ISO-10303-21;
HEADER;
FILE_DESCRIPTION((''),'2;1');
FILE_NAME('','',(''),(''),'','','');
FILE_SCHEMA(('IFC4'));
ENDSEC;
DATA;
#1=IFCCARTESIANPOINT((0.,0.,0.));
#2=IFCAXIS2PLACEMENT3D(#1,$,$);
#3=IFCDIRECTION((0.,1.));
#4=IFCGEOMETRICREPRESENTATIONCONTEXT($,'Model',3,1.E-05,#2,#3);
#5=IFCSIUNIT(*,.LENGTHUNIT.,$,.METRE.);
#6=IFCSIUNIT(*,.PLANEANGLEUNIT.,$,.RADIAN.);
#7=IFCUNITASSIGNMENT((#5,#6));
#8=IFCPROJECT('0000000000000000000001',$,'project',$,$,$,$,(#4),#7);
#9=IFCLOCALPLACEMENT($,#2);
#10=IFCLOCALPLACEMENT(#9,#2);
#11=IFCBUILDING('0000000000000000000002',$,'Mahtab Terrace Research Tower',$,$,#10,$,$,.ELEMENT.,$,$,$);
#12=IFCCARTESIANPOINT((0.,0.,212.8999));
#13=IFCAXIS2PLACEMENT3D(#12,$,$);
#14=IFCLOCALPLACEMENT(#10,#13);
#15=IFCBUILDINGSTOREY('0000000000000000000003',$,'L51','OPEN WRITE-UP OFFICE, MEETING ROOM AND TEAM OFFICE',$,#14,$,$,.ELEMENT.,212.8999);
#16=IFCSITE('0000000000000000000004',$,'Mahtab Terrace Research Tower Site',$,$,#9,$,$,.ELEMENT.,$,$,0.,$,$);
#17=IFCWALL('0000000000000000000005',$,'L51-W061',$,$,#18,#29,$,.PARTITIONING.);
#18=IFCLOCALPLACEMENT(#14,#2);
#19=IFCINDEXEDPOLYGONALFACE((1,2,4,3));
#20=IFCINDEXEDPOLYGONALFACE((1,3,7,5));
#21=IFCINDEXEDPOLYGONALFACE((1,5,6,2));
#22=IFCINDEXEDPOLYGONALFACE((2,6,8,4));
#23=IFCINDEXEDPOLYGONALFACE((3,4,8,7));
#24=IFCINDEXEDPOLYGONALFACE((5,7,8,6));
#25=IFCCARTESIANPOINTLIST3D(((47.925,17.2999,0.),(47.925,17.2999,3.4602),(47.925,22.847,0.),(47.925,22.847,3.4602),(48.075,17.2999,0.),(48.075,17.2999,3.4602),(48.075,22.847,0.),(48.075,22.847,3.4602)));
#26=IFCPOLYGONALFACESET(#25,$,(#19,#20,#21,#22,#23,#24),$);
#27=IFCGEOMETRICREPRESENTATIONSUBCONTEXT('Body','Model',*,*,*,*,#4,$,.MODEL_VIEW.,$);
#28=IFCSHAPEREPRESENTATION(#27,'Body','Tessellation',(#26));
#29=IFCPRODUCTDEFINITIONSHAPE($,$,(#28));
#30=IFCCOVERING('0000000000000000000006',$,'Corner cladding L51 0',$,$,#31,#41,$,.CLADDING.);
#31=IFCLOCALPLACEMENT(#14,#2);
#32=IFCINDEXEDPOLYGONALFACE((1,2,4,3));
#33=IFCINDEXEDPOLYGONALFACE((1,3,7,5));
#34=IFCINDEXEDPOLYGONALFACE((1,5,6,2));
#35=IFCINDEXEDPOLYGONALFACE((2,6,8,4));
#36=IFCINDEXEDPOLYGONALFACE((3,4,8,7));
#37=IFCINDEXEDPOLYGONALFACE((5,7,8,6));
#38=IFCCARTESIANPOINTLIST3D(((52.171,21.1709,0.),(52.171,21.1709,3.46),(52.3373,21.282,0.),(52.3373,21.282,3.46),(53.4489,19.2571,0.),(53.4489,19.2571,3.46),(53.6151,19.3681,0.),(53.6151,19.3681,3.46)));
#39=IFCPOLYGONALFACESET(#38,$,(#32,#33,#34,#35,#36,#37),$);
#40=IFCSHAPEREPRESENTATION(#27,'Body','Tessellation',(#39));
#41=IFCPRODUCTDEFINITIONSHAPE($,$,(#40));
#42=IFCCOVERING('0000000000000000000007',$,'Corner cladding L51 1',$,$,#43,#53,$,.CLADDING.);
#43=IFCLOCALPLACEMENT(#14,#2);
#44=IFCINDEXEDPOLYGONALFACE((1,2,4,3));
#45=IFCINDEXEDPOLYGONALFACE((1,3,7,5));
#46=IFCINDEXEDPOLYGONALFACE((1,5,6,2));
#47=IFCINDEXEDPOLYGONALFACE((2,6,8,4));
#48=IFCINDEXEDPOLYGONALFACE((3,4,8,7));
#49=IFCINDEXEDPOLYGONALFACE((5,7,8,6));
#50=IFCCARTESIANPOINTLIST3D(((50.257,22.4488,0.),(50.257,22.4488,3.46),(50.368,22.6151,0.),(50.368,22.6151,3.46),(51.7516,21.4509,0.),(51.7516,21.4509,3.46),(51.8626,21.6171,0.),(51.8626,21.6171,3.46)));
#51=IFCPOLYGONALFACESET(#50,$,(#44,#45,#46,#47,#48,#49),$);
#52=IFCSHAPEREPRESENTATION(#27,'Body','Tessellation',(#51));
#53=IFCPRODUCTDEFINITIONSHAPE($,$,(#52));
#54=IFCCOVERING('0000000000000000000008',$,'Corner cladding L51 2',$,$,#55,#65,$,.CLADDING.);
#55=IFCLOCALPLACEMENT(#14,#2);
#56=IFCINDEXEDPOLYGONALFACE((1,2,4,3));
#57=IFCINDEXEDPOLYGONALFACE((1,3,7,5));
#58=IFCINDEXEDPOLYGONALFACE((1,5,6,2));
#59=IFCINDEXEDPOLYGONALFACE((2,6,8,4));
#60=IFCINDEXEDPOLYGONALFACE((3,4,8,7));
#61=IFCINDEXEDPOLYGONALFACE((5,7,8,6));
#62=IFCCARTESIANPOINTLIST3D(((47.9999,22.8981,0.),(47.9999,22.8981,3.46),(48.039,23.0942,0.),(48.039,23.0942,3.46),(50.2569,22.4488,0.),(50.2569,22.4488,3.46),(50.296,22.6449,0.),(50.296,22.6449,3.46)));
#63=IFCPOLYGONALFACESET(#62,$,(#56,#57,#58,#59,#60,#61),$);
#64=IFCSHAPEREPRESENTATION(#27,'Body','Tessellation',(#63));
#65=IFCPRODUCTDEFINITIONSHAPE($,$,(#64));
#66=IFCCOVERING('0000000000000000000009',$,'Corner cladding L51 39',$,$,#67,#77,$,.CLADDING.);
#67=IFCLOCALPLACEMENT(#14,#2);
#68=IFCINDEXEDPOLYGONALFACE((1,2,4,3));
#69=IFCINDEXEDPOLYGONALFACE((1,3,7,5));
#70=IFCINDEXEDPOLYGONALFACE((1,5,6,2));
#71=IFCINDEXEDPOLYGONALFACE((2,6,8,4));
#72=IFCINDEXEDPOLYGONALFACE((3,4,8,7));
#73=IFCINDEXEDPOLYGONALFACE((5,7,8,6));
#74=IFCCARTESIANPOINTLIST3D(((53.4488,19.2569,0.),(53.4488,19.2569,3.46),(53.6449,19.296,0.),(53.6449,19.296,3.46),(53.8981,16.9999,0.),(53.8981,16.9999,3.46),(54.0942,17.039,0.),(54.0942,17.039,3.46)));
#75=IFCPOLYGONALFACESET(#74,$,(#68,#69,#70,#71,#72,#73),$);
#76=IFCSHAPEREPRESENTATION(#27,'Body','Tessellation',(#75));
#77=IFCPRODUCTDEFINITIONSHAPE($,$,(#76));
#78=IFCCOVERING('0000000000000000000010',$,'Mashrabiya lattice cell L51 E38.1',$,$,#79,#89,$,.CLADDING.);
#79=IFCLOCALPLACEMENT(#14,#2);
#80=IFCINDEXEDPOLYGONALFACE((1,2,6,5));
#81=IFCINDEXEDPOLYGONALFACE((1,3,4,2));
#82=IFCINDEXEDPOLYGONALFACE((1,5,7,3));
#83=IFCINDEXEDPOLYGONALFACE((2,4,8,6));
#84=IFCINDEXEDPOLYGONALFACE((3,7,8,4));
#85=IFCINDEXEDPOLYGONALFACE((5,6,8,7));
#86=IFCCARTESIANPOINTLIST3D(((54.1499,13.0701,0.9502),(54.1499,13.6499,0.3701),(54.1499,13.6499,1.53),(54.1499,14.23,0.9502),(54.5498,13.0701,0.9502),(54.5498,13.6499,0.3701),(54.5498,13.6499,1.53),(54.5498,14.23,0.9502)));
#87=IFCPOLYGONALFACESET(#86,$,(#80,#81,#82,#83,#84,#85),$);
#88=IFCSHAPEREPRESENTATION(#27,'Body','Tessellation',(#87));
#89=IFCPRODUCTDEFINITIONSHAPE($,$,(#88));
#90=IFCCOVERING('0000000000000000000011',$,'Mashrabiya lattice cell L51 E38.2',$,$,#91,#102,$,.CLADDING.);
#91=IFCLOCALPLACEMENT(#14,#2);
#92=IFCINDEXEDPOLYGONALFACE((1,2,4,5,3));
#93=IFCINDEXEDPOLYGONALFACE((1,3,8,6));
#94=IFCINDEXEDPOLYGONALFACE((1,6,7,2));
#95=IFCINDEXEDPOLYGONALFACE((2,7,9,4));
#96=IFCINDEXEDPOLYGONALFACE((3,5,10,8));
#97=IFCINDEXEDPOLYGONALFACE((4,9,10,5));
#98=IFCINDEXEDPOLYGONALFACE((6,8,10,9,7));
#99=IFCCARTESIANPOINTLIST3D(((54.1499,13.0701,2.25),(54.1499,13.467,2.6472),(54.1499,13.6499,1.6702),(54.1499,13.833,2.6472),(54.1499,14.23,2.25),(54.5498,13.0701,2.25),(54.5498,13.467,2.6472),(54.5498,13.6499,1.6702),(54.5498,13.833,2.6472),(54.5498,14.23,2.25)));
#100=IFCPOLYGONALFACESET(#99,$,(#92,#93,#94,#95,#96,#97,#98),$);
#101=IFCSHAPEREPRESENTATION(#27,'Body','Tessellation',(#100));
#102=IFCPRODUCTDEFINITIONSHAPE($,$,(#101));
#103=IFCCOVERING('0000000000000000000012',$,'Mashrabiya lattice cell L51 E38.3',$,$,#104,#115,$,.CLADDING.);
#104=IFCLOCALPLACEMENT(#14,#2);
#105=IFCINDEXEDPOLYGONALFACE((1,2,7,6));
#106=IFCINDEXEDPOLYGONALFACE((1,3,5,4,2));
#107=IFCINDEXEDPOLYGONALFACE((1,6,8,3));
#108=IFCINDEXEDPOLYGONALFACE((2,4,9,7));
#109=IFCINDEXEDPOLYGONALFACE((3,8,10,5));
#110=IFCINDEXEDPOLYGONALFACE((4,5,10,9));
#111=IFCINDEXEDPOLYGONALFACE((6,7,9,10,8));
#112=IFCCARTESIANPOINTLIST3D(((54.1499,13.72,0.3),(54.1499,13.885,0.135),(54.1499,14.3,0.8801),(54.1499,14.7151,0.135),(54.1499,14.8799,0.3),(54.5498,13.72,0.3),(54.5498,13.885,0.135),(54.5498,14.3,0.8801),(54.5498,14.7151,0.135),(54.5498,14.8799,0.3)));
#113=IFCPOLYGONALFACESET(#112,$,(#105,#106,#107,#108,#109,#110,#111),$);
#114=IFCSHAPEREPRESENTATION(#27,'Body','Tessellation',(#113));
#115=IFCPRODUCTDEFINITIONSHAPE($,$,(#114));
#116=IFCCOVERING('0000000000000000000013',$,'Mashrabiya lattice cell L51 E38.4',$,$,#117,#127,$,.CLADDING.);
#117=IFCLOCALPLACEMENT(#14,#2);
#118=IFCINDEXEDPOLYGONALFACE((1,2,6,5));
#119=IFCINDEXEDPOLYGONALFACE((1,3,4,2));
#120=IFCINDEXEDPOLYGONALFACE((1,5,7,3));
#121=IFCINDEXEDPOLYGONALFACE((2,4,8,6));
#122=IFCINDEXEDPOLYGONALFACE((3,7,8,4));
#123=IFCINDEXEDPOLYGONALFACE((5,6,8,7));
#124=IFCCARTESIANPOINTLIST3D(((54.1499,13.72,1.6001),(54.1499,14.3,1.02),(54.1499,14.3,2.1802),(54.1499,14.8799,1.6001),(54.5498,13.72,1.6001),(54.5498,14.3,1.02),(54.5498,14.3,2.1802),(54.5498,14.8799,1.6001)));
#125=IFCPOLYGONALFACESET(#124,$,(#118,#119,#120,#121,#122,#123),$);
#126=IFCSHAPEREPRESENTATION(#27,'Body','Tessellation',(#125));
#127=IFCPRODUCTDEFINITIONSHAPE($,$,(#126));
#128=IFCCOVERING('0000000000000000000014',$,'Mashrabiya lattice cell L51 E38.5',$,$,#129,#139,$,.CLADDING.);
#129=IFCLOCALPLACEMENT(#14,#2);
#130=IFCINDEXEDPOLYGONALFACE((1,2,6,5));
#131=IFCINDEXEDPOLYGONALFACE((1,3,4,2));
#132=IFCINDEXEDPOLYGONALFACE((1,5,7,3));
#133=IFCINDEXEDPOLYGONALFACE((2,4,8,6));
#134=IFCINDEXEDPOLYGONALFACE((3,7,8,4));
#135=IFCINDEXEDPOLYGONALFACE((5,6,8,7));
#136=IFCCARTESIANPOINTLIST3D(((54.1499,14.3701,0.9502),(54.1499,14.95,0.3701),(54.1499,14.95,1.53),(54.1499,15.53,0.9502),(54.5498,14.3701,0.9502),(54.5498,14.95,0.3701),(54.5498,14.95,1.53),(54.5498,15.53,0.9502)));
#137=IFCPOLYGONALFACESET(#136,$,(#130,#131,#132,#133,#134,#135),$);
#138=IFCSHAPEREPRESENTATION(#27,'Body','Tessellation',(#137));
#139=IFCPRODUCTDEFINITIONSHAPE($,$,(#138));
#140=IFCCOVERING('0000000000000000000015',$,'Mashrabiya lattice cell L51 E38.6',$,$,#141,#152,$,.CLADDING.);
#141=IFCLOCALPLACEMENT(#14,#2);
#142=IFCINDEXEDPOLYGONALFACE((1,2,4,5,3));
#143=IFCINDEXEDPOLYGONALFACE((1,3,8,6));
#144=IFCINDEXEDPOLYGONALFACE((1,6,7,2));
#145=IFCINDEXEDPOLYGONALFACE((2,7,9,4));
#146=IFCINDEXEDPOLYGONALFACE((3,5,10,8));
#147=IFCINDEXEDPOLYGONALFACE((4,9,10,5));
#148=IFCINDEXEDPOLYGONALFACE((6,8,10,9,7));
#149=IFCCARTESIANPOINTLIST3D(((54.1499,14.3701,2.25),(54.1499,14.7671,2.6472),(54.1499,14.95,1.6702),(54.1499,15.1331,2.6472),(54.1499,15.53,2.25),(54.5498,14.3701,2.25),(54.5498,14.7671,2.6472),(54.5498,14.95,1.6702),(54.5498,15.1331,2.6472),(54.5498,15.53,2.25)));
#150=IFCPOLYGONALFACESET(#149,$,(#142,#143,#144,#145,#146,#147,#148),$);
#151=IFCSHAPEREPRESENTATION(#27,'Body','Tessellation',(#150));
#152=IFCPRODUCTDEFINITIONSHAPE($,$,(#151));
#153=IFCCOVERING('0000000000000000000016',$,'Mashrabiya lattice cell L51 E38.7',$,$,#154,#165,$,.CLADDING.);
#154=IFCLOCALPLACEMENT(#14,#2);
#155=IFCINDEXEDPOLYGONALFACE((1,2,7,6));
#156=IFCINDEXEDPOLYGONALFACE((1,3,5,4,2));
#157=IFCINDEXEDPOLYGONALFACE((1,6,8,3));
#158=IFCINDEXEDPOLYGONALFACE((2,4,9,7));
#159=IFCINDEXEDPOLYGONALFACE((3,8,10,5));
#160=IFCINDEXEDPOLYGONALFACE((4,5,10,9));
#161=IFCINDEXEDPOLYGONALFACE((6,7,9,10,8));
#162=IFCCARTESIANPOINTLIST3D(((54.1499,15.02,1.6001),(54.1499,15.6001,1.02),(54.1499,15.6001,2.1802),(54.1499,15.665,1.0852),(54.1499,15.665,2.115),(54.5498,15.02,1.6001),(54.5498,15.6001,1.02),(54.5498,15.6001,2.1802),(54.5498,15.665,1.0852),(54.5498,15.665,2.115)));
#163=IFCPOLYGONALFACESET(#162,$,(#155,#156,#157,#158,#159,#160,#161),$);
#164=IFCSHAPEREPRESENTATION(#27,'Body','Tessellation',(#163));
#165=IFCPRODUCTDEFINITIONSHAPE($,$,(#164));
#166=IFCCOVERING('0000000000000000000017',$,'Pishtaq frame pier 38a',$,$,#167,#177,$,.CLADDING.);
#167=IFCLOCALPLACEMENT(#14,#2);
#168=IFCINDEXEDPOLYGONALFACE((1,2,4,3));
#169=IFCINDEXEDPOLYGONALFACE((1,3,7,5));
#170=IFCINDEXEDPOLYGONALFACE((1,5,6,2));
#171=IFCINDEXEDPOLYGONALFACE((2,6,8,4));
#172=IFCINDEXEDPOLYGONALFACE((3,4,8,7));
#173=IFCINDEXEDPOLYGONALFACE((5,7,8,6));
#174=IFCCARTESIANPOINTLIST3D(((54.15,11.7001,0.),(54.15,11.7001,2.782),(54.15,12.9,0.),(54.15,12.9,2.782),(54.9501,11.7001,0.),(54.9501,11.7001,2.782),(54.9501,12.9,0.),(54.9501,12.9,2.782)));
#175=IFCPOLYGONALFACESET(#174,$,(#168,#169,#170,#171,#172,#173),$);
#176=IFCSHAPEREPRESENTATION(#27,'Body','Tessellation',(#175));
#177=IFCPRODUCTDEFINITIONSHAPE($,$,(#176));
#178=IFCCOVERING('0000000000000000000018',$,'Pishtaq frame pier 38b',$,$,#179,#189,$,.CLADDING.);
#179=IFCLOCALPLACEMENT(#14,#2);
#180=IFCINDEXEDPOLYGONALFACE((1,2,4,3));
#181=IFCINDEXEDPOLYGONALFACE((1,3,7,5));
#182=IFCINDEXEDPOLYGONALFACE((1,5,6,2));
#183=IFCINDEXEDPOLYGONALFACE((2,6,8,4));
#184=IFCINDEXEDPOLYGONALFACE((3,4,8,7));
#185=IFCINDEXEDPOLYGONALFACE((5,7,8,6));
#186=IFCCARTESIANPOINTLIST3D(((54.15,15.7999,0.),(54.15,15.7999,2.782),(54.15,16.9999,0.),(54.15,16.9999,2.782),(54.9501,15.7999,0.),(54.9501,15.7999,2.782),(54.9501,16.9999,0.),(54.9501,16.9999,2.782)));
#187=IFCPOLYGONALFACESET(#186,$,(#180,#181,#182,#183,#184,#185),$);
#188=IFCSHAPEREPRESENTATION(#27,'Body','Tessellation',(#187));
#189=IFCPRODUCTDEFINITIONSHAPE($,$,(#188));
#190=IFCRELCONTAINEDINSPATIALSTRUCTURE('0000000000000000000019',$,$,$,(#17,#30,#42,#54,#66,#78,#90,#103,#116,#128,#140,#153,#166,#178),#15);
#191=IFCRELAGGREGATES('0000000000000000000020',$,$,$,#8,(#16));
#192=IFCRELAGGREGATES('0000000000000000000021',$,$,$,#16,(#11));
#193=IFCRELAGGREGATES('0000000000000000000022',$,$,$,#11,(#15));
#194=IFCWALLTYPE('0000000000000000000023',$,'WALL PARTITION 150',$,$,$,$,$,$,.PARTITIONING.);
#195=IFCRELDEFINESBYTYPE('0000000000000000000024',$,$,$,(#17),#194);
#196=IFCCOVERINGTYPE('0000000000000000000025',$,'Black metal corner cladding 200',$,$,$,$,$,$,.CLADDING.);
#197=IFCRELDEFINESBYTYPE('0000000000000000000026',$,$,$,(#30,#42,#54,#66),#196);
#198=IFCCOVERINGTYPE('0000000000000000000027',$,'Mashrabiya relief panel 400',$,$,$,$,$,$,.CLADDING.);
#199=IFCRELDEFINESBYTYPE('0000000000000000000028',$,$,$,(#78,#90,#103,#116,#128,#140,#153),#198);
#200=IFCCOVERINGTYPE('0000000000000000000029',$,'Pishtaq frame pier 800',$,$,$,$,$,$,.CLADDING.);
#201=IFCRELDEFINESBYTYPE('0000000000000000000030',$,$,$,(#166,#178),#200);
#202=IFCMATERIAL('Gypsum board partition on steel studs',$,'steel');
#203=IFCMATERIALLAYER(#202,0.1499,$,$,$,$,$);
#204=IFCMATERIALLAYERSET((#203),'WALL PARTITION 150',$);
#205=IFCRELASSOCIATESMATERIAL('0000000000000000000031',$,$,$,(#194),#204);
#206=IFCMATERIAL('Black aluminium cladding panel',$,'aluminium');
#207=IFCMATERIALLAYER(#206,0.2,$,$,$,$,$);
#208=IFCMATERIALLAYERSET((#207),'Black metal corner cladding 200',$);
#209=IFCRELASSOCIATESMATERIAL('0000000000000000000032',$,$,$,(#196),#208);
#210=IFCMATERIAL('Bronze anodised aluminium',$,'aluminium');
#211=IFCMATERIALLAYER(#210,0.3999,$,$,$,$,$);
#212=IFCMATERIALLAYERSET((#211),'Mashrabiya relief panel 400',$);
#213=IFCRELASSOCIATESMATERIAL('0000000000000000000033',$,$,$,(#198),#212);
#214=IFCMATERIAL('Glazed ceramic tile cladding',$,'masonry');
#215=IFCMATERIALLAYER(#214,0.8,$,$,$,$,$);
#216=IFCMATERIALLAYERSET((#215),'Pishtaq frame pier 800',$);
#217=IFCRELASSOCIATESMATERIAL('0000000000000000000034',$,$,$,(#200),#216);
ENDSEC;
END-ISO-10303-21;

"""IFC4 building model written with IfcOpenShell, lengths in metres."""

from ifc_helpers import new_model, si_unit, direction, frame, frame_2d, origin, origin_2d, place, context, subcontext, project, spatial, polyline, rectangle, outline, extrude, material, layer, layer_set, type_object, element, save


model = new_model("IFC4")

# Units and contexts
model_context = context("Model", 3, precision=1e-05, world=origin(), true_north=direction((0.0, 1.0)))
body_context = subcontext(model_context, "Body", "Model", "MODEL_VIEW")
ifc_project = project(units=[si_unit("LENGTHUNIT", "METRE"), si_unit("PLANEANGLEUNIT", "RADIAN")], contexts=[model_context])

# Site, building, storey
site_placement = place(None, origin())
site = spatial("IfcSite", under=ifc_project, at=site_placement, Name="Mahtab Terrace Research Tower Site", CompositionType="ELEMENT", RefElevation=0.0)
building_placement = place(site_placement, origin())
building = spatial("IfcBuilding", under=site, at=building_placement, Name="Mahtab Terrace Research Tower", CompositionType="ELEMENT")
storey_placement = place(building_placement, frame((0.0, 0.0, 212.8999)))
storey = spatial("IfcBuildingStorey", under=building, at=storey_placement, Name="L51", Description="OPEN WRITE-UP OFFICE, MEETING ROOM AND TEAM OFFICE", CompositionType="ELEMENT", Elevation=212.8999)

# Wall
ifc_material_1 = material(Name="Black aluminium cladding panel", Category="aluminium")
ifc_material_2 = material(Name="Gypsum board partition on steel studs", Category="steel")
ifc_layer_1 = layer(ifc_material_2, 0.1499)
ifc_layer_set_1 = layer_set([ifc_layer_1], Name="WALL PARTITION 150")
wall_type_1 = type_object("IfcWallType", Name="WALL PARTITION 150", PredefinedType="PARTITIONING", material=ifc_layer_set_1)
wall_1_placement = place(storey_placement, frame((48.0, 17.3, 0.0), z_axis=(0.0, 0.0, 1.0), x_axis=(0.0, 1.0, 0.0)))
element("IfcWall", 1, at=wall_1_placement, inside=storey, type_object=wall_type_1, Name="L51-W061", PredefinedType="PARTITIONING", context=body_context, shape_type="SweptSolid", body=[
    extrude(rectangle(XDim=5.5471, YDim=0.1499, at=frame_2d((2.7734, 0.0))), origin(), (0.0, 0.0, 1.0), 3.4602),
])

# Coverings
ifc_layer_2 = layer(ifc_material_1, 0.2)
ifc_layer_set_2 = layer_set([ifc_layer_2], Name="Black metal corner cladding 200")
covering_type_1 = type_object("IfcCoveringType", Name="Black metal corner cladding 200", PredefinedType="CLADDING", material=ifc_layer_set_2)
covering_1_placement = place(storey_placement, frame((52.8931, 20.2695, 0.0), z_axis=(0.0, 0.0, 1.0), x_axis=(-0.555291, 0.831656, 0.0)))
element("IfcCovering", 2, at=covering_1_placement, inside=storey, type_object=covering_type_1, Name="Corner cladding L51 0", PredefinedType="CLADDING", context=body_context, shape_type="SweptSolid", body=[
    extrude(rectangle(XDim=2.3013, YDim=0.2, at=origin_2d()), origin(), (0.0, 0.0, 1.0), 3.46),
])
covering_2_placement = place(storey_placement, frame((51.0598, 22.033, 0.0), z_axis=(0.0, 0.0, 1.0), x_axis=(-0.831656, 0.555291, 0.0)))
element("IfcCovering", 3, at=covering_2_placement, inside=storey, type_object=covering_type_1, Name="Corner cladding L51 1", PredefinedType="CLADDING", context=body_context, shape_type="SweptSolid", body=[
    extrude(rectangle(XDim=1.7971, YDim=0.2, at=origin_2d()), origin(), (0.0, 0.0, 1.0), 3.46),
])
for number, where, z_axis, x_axis, name in (
    (4, (49.1479, 22.7715, 0.0), (0.0, 0.0, 1.0), (-0.980761, 0.195212, 0.0), "Corner cladding L51 2"),
    (5, (53.7715, 18.1479, 0.0), (0.0, 0.0, 1.0), (-0.195212, 0.980761, 0.0), "Corner cladding L51 39"),
):
    element("IfcCovering", number, at=place(storey_placement, frame(where, z_axis=z_axis, x_axis=x_axis)), inside=storey, type_object=covering_type_1, Name=name, PredefinedType="CLADDING", context=body_context, shape_type="SweptSolid", body=[
        extrude(rectangle(XDim=2.3013, YDim=0.2, at=origin_2d()), origin(), (0.0, 0.0, 1.0), 3.46),
    ])
ifc_material_3 = material(Name="Bronze anodised aluminium", Category="aluminium")
ifc_layer_3 = layer(ifc_material_3, 0.3999)
ifc_layer_set_3 = layer_set([ifc_layer_3], Name="Mashrabiya relief panel 400")
covering_type_2 = type_object("IfcCoveringType", Name="Mashrabiya relief panel 400", PredefinedType="CLADDING", material=ifc_layer_set_3)
covering_3_placement = place(storey_placement, frame((54.1499, 13.6499, 1.53), z_axis=(-1.0, 0.0, 0.0), x_axis=(0.0, 0.707256, -0.706958)))
element("IfcCovering", 6, at=covering_3_placement, inside=storey, type_object=covering_type_2, Name="Mashrabiya lattice cell L51 E38.1", PredefinedType="CLADDING", context=body_context, shape_type="SweptSolid", body=[
    extrude(outline(polyline([(0.0, 0.0), (0.8202, 0.0), (0.82, 0.8204), (-0.0002, 0.82), (0.0, 0.0)])), origin(), (0.0, 0.0, -1.0), 0.3999),
])
covering_4_placement = place(storey_placement, frame((54.1499, 14.23, 2.25), z_axis=(-1.0, 0.0, 0.0), x_axis=(0.0, -0.707256, -0.706958)))
element("IfcCovering", 7, at=covering_4_placement, inside=storey, type_object=covering_type_2, Name="Mashrabiya lattice cell L51 E38.2", PredefinedType="CLADDING", context=body_context, shape_type="SweptSolid", body=[
    extrude(outline(polyline([(0.0, 0.0), (0.8202, 0.0), (0.8204, 0.82), (0.2588, 0.8203), (-0.0001, 0.5616), (0.0, 0.0)])), origin(), (0.0, 0.0, -1.0), 0.3999),
])
covering_5_placement = place(storey_placement, frame((54.1499, 13.72, 0.3), z_axis=(-1.0, 0.0, 0.0), x_axis=(0.0, 0.707107, 0.707107)))
element("IfcCovering", 8, at=covering_5_placement, inside=storey, type_object=covering_type_2, Name="Mashrabiya lattice cell L51 E38.3", PredefinedType="CLADDING", context=body_context, shape_type="SweptSolid", body=[
    extrude(outline(polyline([(0.0, 0.0), (0.8204, 0.0), (0.8202, 0.8202), (0.587, 0.8204), (0.0, 0.2334), (0.0, 0.0)])), origin(), (0.0, 0.0, -1.0), 0.3999),
])
covering_6_placement = place(storey_placement, frame((54.1499, 14.3, 2.1802), z_axis=(-1.0, 0.0, 0.0), x_axis=(0.0, 0.706958, -0.707256)))
element("IfcCovering", 9, at=covering_6_placement, inside=storey, type_object=covering_type_2, Name="Mashrabiya lattice cell L51 E38.4", PredefinedType="CLADDING", context=body_context, shape_type="SweptSolid", body=[
    extrude(outline(polyline([(0.0, 0.0), (0.8202, 0.0), (0.8205, 0.8202), (0.0002, 0.8204), (0.0, 0.0)])), origin(), (0.0, 0.0, -1.0), 0.3999),
])
covering_7_placement = place(storey_placement, frame((54.1499, 14.95, 1.53), z_axis=(-1.0, 0.0, 0.0), x_axis=(0.0, 0.707256, -0.706958)))
element("IfcCovering", 10, at=covering_7_placement, inside=storey, type_object=covering_type_2, Name="Mashrabiya lattice cell L51 E38.5", PredefinedType="CLADDING", context=body_context, shape_type="SweptSolid", body=[
    extrude(outline(polyline([(0.0, 0.0), (0.8202, 0.0), (0.82, 0.8204), (-0.0002, 0.82), (0.0, 0.0)])), origin(), (0.0, 0.0, -1.0), 0.3999),
])
covering_8_placement = place(storey_placement, frame((54.1499, 15.53, 2.25), z_axis=(-1.0, 0.0, 0.0), x_axis=(0.0, -0.707256, -0.706958)))
element("IfcCovering", 11, at=covering_8_placement, inside=storey, type_object=covering_type_2, Name="Mashrabiya lattice cell L51 E38.6", PredefinedType="CLADDING", context=body_context, shape_type="SweptSolid", body=[
    extrude(outline(polyline([(0.0, 0.0), (0.8202, 0.0), (0.8204, 0.82), (0.2588, 0.8203), (-0.0001, 0.5616), (0.0, 0.0)])), origin(), (0.0, 0.0, -1.0), 0.3999),
])
covering_9_placement = place(storey_placement, frame((54.1499, 15.6001, 1.02), z_axis=(-1.0, 0.0, 0.0), x_axis=(0.0, -0.707107, 0.707107)))
element("IfcCovering", 12, at=covering_9_placement, inside=storey, type_object=covering_type_2, Name="Mashrabiya lattice cell L51 E38.7", PredefinedType="CLADDING", context=body_context, shape_type="SweptSolid", body=[
    extrude(outline(polyline([(0.0, 0.0), (0.8204, 0.0), (0.8204, 0.8204), (0.7283, 0.8202), (0.0002, 0.092), (0.0, 0.0)])), origin(), (0.0, 0.0, -1.0), 0.3999),
])
ifc_material_4 = material(Name="Glazed ceramic tile cladding", Category="masonry")
ifc_layer_4 = layer(ifc_material_4, 0.8)
ifc_layer_set_4 = layer_set([ifc_layer_4], Name="Pishtaq frame pier 800")
covering_type_3 = type_object("IfcCoveringType", Name="Pishtaq frame pier 800", PredefinedType="CLADDING", material=ifc_layer_set_4)
for number, where, z_axis, x_axis, name in (
    (13, (54.55, 12.3, 0.0), (0.0, 0.0, 1.0), (0.0, 1.0, 0.0), "Pishtaq frame pier 38a"),
    (14, (54.55, 16.3999, 0.0), (0.0, 0.0, 1.0), (0.0, 1.0, 0.0), "Pishtaq frame pier 38b"),
):
    element("IfcCovering", number, at=place(storey_placement, frame(where, z_axis=z_axis, x_axis=x_axis)), inside=storey, type_object=covering_type_3, Name=name, PredefinedType="CLADDING", context=body_context, shape_type="SweptSolid", body=[
        extrude(rectangle(XDim=1.2, YDim=0.8, at=origin_2d()), origin(), (0.0, 0.0, 1.0), 2.782),
    ])

save(model, "model.ifc")
